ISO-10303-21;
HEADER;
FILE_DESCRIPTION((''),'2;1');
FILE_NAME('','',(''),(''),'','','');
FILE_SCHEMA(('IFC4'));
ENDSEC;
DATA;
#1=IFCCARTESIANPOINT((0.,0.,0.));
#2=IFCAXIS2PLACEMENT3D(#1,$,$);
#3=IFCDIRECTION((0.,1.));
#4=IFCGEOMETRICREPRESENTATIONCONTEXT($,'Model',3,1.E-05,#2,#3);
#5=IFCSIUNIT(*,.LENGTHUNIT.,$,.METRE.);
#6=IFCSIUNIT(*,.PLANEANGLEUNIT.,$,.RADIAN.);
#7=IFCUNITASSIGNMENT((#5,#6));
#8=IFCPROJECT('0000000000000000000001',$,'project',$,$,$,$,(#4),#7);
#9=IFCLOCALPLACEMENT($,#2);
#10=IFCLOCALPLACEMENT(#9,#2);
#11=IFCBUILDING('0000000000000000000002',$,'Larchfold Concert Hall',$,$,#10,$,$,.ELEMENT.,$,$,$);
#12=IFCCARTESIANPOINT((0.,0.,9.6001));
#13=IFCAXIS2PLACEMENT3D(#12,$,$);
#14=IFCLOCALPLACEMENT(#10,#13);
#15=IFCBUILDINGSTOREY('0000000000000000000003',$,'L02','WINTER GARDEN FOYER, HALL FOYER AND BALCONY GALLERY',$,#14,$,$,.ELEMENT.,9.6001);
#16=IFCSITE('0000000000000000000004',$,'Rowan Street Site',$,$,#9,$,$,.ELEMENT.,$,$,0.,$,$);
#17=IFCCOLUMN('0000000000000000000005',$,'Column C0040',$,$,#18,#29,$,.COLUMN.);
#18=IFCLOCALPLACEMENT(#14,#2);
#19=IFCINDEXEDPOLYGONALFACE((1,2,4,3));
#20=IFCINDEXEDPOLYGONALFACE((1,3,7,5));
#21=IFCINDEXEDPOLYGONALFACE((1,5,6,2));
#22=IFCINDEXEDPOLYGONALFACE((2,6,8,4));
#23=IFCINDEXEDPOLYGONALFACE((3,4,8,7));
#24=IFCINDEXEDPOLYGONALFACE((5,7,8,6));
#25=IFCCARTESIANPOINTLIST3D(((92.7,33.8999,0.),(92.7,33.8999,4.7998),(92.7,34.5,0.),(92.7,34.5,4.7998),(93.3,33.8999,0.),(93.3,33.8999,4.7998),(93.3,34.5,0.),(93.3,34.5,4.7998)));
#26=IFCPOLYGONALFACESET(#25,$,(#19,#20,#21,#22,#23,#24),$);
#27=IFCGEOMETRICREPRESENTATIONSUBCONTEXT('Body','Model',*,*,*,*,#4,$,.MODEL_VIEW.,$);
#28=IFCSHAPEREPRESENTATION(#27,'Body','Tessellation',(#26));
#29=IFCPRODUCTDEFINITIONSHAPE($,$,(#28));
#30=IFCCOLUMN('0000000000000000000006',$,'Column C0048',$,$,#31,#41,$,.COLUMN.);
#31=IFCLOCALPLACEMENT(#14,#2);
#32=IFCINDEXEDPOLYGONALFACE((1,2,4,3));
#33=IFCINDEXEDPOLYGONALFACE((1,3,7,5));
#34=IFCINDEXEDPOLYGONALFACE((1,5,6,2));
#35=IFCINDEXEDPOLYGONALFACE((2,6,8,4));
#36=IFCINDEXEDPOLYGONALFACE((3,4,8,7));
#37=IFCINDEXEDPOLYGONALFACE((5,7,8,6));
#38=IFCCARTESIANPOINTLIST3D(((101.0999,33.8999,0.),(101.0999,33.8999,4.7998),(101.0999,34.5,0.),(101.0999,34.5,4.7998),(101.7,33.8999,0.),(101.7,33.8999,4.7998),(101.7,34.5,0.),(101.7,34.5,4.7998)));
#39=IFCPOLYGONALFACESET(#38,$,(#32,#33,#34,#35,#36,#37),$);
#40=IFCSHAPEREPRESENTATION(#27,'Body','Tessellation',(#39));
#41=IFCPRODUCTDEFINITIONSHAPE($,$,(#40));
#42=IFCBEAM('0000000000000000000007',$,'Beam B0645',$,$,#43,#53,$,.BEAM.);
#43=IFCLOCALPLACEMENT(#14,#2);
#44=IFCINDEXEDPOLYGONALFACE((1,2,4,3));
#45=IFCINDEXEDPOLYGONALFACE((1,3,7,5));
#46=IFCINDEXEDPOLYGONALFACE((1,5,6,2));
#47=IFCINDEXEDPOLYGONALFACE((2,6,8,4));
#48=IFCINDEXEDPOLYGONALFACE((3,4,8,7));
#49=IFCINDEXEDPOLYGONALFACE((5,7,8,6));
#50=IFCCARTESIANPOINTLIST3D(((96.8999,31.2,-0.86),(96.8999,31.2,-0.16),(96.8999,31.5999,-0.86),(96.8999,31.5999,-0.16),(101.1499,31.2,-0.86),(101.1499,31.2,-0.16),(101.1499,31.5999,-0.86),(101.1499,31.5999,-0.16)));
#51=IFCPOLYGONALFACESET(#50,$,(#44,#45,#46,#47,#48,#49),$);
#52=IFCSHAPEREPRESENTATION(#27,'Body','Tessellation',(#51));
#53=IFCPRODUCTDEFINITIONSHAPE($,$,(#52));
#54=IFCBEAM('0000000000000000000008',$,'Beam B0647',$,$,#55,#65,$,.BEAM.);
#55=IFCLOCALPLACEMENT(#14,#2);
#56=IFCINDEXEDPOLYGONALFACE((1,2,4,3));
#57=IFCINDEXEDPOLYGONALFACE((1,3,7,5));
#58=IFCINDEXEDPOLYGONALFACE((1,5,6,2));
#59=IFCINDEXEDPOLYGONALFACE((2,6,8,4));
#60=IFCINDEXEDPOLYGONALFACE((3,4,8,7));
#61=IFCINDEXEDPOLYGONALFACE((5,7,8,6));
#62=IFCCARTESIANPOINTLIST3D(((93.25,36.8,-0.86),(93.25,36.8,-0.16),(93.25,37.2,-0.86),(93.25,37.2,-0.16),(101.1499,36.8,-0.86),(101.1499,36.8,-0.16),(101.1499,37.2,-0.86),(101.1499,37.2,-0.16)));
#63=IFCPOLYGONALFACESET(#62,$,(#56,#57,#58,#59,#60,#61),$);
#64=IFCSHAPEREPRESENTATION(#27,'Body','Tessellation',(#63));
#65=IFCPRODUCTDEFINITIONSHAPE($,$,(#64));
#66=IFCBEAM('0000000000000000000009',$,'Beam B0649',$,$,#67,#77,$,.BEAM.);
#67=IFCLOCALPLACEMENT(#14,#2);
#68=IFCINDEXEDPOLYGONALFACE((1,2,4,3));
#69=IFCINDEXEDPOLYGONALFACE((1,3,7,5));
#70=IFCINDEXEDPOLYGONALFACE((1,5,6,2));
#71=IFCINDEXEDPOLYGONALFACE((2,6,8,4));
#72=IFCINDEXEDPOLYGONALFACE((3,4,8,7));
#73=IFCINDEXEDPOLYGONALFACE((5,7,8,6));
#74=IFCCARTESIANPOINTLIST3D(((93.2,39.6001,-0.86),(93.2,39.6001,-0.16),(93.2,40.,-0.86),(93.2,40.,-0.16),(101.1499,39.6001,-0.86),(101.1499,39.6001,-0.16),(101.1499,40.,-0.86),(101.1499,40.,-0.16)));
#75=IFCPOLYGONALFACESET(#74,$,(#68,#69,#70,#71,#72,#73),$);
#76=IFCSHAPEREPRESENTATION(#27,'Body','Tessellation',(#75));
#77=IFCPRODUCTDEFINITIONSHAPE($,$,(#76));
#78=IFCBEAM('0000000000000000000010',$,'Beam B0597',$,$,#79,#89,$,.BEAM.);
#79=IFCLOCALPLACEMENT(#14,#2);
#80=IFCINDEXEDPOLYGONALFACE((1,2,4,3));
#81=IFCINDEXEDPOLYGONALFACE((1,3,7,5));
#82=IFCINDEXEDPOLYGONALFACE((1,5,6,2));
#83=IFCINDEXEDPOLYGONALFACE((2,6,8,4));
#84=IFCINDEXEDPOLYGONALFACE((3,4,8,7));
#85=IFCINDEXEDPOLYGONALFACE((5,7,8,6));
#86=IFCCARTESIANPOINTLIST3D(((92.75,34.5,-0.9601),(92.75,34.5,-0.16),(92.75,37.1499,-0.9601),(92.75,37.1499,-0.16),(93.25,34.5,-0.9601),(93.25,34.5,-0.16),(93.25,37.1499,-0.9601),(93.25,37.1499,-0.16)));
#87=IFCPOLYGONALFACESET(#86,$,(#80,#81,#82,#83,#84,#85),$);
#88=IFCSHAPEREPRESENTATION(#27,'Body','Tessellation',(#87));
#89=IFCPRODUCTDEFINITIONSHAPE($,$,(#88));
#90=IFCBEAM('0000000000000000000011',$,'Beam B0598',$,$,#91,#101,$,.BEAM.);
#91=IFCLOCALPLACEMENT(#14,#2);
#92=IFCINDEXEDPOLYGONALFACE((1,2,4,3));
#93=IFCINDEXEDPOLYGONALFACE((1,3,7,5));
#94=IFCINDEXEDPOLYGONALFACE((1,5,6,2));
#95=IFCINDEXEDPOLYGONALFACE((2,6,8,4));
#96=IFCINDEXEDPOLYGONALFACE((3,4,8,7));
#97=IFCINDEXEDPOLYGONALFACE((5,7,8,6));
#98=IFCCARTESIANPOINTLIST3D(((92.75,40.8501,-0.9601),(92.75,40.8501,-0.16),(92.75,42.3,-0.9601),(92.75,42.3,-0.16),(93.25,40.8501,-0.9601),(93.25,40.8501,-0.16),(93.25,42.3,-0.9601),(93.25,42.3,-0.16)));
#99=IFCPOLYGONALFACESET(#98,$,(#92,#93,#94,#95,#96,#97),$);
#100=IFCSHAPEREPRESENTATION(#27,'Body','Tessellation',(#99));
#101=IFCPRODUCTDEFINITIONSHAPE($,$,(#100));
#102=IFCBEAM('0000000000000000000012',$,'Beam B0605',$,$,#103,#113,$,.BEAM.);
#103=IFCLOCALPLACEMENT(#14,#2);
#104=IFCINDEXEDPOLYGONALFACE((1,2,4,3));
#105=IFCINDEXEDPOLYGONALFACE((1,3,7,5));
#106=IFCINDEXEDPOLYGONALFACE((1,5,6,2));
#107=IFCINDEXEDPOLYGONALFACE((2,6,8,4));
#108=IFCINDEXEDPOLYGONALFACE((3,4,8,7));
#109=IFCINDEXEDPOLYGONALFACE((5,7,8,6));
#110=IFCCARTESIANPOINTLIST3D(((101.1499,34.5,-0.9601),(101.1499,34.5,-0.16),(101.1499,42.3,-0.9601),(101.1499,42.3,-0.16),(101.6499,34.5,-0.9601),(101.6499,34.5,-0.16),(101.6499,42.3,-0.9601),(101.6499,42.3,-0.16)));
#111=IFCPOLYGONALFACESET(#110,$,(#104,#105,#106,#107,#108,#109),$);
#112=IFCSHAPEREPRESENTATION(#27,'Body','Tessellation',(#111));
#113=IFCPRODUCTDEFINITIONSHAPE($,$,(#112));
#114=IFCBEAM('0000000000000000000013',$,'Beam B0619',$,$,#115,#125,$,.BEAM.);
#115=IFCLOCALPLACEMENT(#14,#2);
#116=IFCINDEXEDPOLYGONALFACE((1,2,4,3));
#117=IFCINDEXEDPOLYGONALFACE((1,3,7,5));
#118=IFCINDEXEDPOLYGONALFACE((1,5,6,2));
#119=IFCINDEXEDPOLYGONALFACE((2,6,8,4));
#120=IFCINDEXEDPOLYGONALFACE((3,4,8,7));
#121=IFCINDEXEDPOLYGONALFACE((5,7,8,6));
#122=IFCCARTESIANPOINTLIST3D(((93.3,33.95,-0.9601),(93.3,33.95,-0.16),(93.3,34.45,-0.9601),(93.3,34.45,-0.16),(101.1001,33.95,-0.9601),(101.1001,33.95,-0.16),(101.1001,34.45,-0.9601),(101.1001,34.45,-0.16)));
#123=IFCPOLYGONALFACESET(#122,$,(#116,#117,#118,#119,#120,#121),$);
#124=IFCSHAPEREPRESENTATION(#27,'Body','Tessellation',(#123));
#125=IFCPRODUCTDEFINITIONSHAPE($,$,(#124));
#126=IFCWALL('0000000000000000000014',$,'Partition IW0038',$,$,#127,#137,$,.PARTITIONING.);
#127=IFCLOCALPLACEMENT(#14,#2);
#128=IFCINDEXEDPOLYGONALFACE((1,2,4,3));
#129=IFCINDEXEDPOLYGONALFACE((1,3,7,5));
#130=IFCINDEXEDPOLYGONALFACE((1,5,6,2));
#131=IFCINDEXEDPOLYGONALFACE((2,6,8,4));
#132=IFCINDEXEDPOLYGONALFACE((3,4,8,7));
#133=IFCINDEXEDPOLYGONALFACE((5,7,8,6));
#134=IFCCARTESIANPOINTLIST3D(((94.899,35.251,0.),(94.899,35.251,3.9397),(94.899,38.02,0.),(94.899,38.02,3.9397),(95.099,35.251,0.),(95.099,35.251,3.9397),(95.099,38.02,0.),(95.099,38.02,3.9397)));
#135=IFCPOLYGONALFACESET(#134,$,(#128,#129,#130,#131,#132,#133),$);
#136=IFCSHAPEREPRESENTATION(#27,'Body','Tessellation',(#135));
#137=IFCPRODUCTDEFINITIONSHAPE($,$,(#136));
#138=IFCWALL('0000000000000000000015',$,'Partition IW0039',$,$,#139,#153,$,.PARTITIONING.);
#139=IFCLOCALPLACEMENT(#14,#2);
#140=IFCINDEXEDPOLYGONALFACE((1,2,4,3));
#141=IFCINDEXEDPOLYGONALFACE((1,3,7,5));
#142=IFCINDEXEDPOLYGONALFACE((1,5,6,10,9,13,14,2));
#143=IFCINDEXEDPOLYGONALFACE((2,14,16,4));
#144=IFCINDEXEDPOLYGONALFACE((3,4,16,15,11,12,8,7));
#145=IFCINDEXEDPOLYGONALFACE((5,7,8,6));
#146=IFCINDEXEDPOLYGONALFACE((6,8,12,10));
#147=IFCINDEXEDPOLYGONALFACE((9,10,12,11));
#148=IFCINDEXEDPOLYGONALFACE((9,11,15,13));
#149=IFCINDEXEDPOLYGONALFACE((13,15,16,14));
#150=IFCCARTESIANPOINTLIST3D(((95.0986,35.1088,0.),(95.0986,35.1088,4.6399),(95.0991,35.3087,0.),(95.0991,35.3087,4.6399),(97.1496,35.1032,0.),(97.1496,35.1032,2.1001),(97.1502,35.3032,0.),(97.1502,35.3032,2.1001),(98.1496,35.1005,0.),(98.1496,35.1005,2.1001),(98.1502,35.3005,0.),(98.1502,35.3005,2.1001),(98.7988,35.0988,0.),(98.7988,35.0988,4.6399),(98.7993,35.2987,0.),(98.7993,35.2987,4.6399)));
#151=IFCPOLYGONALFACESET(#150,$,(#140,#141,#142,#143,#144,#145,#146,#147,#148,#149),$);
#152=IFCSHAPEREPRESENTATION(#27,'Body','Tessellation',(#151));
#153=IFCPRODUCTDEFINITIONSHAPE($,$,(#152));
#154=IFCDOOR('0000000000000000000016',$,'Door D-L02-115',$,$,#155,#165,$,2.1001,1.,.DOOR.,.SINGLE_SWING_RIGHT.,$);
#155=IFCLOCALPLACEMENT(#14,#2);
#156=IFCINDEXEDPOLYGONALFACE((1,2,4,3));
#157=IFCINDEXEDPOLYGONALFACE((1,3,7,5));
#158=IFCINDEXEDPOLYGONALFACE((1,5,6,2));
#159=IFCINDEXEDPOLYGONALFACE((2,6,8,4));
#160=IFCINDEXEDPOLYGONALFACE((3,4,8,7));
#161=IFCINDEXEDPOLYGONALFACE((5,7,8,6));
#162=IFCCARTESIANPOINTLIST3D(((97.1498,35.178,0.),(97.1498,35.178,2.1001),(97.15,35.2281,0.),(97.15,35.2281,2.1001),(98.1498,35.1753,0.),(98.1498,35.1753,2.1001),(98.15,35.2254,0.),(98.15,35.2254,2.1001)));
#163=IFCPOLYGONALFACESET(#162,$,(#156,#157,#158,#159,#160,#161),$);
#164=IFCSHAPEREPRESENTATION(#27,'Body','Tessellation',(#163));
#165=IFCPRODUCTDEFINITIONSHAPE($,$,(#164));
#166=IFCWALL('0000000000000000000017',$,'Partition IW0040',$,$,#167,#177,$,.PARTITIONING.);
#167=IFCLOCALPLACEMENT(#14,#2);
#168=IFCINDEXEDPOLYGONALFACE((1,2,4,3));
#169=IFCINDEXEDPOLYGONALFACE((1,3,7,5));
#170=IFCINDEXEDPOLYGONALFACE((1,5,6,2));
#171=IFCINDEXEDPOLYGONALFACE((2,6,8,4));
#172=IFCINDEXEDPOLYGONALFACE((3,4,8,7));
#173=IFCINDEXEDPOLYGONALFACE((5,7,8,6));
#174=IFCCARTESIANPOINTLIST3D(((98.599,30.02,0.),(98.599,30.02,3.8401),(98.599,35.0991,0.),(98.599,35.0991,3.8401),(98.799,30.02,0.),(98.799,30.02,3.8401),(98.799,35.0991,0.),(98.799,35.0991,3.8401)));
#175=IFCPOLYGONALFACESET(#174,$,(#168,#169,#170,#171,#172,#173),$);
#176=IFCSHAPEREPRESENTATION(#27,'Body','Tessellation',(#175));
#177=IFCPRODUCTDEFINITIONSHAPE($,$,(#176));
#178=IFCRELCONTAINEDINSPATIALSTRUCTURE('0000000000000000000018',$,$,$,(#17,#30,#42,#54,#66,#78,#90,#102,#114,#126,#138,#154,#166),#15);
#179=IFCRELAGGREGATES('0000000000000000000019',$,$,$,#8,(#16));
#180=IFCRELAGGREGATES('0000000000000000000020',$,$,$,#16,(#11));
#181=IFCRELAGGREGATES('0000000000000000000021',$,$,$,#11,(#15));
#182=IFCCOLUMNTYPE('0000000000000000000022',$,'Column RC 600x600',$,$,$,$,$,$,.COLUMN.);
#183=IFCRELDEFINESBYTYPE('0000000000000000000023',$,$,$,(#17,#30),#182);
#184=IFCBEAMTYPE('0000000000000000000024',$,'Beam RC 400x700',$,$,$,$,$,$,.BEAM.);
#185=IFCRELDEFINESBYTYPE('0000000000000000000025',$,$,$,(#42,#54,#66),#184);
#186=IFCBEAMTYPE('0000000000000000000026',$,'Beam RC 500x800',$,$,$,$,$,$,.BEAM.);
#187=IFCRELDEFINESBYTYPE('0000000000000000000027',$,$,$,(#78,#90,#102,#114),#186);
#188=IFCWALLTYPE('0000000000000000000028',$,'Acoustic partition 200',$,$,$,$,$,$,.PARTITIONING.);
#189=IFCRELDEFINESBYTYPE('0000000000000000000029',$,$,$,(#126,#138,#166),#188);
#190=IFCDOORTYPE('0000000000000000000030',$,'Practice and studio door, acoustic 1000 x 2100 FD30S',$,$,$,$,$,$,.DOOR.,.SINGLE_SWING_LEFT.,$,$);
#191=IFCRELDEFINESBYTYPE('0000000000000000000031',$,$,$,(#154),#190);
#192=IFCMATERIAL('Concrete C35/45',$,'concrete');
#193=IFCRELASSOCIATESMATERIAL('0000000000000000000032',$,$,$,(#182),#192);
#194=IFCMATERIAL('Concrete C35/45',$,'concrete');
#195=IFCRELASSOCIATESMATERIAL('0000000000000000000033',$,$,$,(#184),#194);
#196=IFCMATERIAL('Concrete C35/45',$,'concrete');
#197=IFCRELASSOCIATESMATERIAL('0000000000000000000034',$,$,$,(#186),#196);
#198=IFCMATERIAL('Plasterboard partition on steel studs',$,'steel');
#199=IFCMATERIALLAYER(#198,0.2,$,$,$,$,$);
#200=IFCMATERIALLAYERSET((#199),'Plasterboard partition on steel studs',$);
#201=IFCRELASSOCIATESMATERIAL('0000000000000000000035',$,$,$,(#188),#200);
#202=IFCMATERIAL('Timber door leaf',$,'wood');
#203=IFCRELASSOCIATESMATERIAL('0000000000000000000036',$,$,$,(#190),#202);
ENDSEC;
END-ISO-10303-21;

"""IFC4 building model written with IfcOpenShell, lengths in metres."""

from ifc_helpers import new_model, si_unit, direction, frame, frame_2d, origin, origin_2d, place, context, subcontext, project, spatial, rectangle, extrude, material, layer, layer_set, material_profile, profile_set, type_object, element, fill, save


model = new_model("IFC4")

# Units and contexts
model_context = context("Model", 3, precision=1e-05, world=origin(), true_north=direction((0.0, 1.0)))
body_context = subcontext(model_context, "Body", "Model", "MODEL_VIEW")
ifc_project = project(units=[si_unit("LENGTHUNIT", "METRE"), si_unit("PLANEANGLEUNIT", "RADIAN")], contexts=[model_context])

# Site, building, storey
site_placement = place(None, origin())
site = spatial("IfcSite", under=ifc_project, at=site_placement, Name="Rowan Street Site", CompositionType="ELEMENT", RefElevation=0.0)
building_placement = place(site_placement, origin())
building = spatial("IfcBuilding", under=site, at=building_placement, Name="Larchfold Concert Hall", CompositionType="ELEMENT")
storey_placement = place(building_placement, frame((0.0, 0.0, 9.6001)))
storey = spatial("IfcBuildingStorey", under=building, at=storey_placement, Name="L02", Description="WINTER GARDEN FOYER, HALL FOYER AND BALCONY GALLERY", CompositionType="ELEMENT", Elevation=9.6001)

# Columns
ifc_material_1 = material(Name="Concrete C35/45", Category="concrete")
ifc_material_profile_1 = material_profile(ifc_material_1, rectangle(XDim=0.6001, YDim=0.6001, at=origin_2d()))
ifc_profile_set_1 = profile_set([ifc_material_profile_1], Name="Concrete C35/45")
column_type = type_object("IfcColumnType", Name="Column RC 600x600", PredefinedType="COLUMN", material=ifc_profile_set_1)
for number, where, z_axis, x_axis, name in (
    (1, (93.0, 34.2, 0.0), (0.0, 0.0, 1.0), (1.0, 0.0, 0.0), "Column C0040"),
    (2, (101.3999, 34.2, 0.0), (0.0, 0.0, 1.0), (1.0, 0.0, 0.0), "Column C0048"),
):
    element("IfcColumn", number, at=place(storey_placement, frame(where, z_axis=z_axis, x_axis=x_axis)), inside=storey, type_object=column_type, Name=name, PredefinedType="COLUMN", context=body_context, shape_type="SweptSolid", body=[
        extrude(rectangle(XDim=0.6001, YDim=0.6001, at=origin_2d()), origin(), (0.0, 0.0, 1.0), 4.7998),
    ])

# Beams
ifc_material_2 = material(Name="Concrete C35/45", Category="concrete")
ifc_material_profile_2 = material_profile(ifc_material_2, rectangle(XDim=0.3999, YDim=0.7, at=origin_2d()))
ifc_profile_set_2 = profile_set([ifc_material_profile_2], Name="Concrete C35/45")
beam_type_1 = type_object("IfcBeamType", Name="Beam RC 400x700", PredefinedType="BEAM", material=ifc_profile_set_2)
beam_1_placement = place(storey_placement, frame((96.8999, 31.3999, -0.51), z_axis=(1.0, 0.0, 0.0), x_axis=(0.0, 1.0, 0.0)))
element("IfcBeam", 3, at=beam_1_placement, inside=storey, type_object=beam_type_1, Name="Beam B0645", PredefinedType="BEAM", context=body_context, shape_type="SweptSolid", body=[
    extrude(rectangle(XDim=0.3999, YDim=0.7, at=origin_2d()), origin(), (0.0, 0.0, 1.0), 4.25),
])
beam_2_placement = place(storey_placement, frame((93.25, 37.0, -0.51), z_axis=(1.0, 0.0, 0.0), x_axis=(0.0, 1.0, 0.0)))
element("IfcBeam", 4, at=beam_2_placement, inside=storey, type_object=beam_type_1, Name="Beam B0647", PredefinedType="BEAM", context=body_context, shape_type="SweptSolid", body=[
    extrude(rectangle(XDim=0.3999, YDim=0.7, at=origin_2d()), origin(), (0.0, 0.0, 1.0), 7.8999),
])
beam_3_placement = place(storey_placement, frame((93.2, 39.8, -0.51), z_axis=(1.0, 0.0, 0.0), x_axis=(0.0, 1.0, 0.0)))
element("IfcBeam", 5, at=beam_3_placement, inside=storey, type_object=beam_type_1, Name="Beam B0649", PredefinedType="BEAM", context=body_context, shape_type="SweptSolid", body=[
    extrude(rectangle(XDim=0.3999, YDim=0.7, at=origin_2d()), origin(), (0.0, 0.0, 1.0), 7.95),
])
ifc_material_3 = material(Name="Concrete C35/45", Category="concrete")
ifc_material_profile_3 = material_profile(ifc_material_3, rectangle(XDim=0.5, YDim=0.8, at=origin_2d()))
ifc_profile_set_3 = profile_set([ifc_material_profile_3], Name="Concrete C35/45")
beam_type_2 = type_object("IfcBeamType", Name="Beam RC 500x800", PredefinedType="BEAM", material=ifc_profile_set_3)
beam_4_placement = place(storey_placement, frame((93.0, 34.5, -0.5601), z_axis=(0.0, 1.0, 0.0), x_axis=(-1.0, 0.0, 0.0)))
element("IfcBeam", 6, at=beam_4_placement, inside=storey, type_object=beam_type_2, Name="Beam B0597", PredefinedType="BEAM", context=body_context, shape_type="SweptSolid", body=[
    extrude(rectangle(XDim=0.5, YDim=0.8, at=origin_2d()), origin(), (0.0, 0.0, 1.0), 2.6499),
])
beam_5_placement = place(storey_placement, frame((93.0, 40.8501, -0.5601), z_axis=(0.0, 1.0, 0.0), x_axis=(-1.0, 0.0, 0.0)))
element("IfcBeam", 7, at=beam_5_placement, inside=storey, type_object=beam_type_2, Name="Beam B0598", PredefinedType="BEAM", context=body_context, shape_type="SweptSolid", body=[
    extrude(rectangle(XDim=0.5, YDim=0.8, at=origin_2d()), origin(), (0.0, 0.0, 1.0), 1.45),
])
for number, where, z_axis, x_axis, name in (
    (8, (101.3999, 34.5, -0.5601), (0.0, 1.0, 0.0), (-1.0, 0.0, 0.0), "Beam B0605"),
    (9, (93.3, 34.2, -0.5601), (1.0, 0.0, 0.0), (0.0, 1.0, 0.0), "Beam B0619"),
):
    element("IfcBeam", number, at=place(storey_placement, frame(where, z_axis=z_axis, x_axis=x_axis)), inside=storey, type_object=beam_type_2, Name=name, PredefinedType="BEAM", context=body_context, shape_type="SweptSolid", body=[
        extrude(rectangle(XDim=0.5, YDim=0.8, at=origin_2d()), origin(), (0.0, 0.0, 1.0), 7.8),
    ])

# Wall
ifc_material_4 = material(Name="Plasterboard partition on steel studs", Category="steel")
ifc_layer_1 = layer(ifc_material_4, 0.2)
ifc_layer_set_1 = layer_set([ifc_layer_1], Name="Plasterboard partition on steel studs")
wall_type_1 = type_object("IfcWallType", Name="Acoustic partition 200", PredefinedType="PARTITIONING", material=ifc_layer_set_1)
wall_1_placement = place(storey_placement, frame((94.999, 38.02, 0.0), z_axis=(0.0, 0.0, 1.0), x_axis=(0.0, -1.0, 0.0)))
element("IfcWall", 10, at=wall_1_placement, inside=storey, type_object=wall_type_1, Name="Partition IW0038", PredefinedType="PARTITIONING", context=body_context, shape_type="SweptSolid", body=[
    extrude(rectangle(XDim=2.769, YDim=0.2, at=frame_2d((1.3845, 0.0))), origin(), (0.0, 0.0, 1.0), 3.9397),
])

# Wall, opening, door
wall_2_placement = place(storey_placement, frame((95.0989, 35.2087, 0.0), z_axis=(0.0, 0.0, 1.0), x_axis=(0.999996, -0.002705, 0.0)))
wall_2 = element("IfcWall", 11, at=wall_2_placement, inside=storey, type_object=wall_type_1, Name="Partition IW0039", PredefinedType="PARTITIONING", context=body_context, shape_type="SweptSolid", body=[
    extrude(rectangle(XDim=3.7002, YDim=0.2, at=frame_2d((1.8501, 0.0))), origin(), (0.0, 0.0, 1.0), 4.6399),
])
opening_1_placement = place(wall_2_placement, frame((2.051, 0.0, 0.0)))
opening_1 = element("IfcOpeningElement", 12, at=opening_1_placement, cuts=wall_2, PredefinedType="OPENING", context=body_context, shape_type="SweptSolid", body=[
    extrude(rectangle(XDim=1.0, YDim=2.1001, at=frame_2d((0.5, 1.05))), frame((0.0, 0.1099, 0.0), z_axis=(0.0, -1.0, 0.0), x_axis=(1.0, 0.0, 0.0)), (0.0, 0.0, 1.0), 0.22),
])
ifc_material_5 = material(Name="Timber door leaf", Category="wood")
door_type_1 = type_object("IfcDoorType", Name="Practice and studio door, acoustic 1000 x 2100 FD30S", OperationType="SINGLE_SWING_LEFT", PredefinedType="DOOR", material=ifc_material_5)
door_1_placement = place(opening_1_placement, origin())
door_1 = element("IfcDoor", 13, at=door_1_placement, inside=storey, type_object=door_type_1, Name="Door D-L02-115", OperationType="SINGLE_SWING_RIGHT", OverallHeight=2.1001, OverallWidth=1.0, PredefinedType="DOOR", context=body_context, shape_type="SweptSolid", body=[
    extrude(rectangle(XDim=1.0, YDim=2.1001, at=frame_2d((0.5, 1.05))), frame((0.0, 0.0249, 0.0), z_axis=(0.0, -1.0, 0.0), x_axis=(1.0, 0.0, 0.0)), (0.0, 0.0, 1.0), 0.05),
])
fill(opening_1, door_1)

# Wall
wall_3_placement = place(storey_placement, frame((98.699, 35.0991, 0.0), z_axis=(0.0, 0.0, 1.0), x_axis=(0.0, -1.0, 0.0)))
element("IfcWall", 14, at=wall_3_placement, inside=storey, type_object=wall_type_1, Name="Partition IW0040", PredefinedType="PARTITIONING", context=body_context, shape_type="SweptSolid", body=[
    extrude(rectangle(XDim=5.0791, YDim=0.2, at=frame_2d((2.5396, 0.0))), origin(), (0.0, 0.0, 1.0), 3.8401),
])

save(model, "model.ifc")
